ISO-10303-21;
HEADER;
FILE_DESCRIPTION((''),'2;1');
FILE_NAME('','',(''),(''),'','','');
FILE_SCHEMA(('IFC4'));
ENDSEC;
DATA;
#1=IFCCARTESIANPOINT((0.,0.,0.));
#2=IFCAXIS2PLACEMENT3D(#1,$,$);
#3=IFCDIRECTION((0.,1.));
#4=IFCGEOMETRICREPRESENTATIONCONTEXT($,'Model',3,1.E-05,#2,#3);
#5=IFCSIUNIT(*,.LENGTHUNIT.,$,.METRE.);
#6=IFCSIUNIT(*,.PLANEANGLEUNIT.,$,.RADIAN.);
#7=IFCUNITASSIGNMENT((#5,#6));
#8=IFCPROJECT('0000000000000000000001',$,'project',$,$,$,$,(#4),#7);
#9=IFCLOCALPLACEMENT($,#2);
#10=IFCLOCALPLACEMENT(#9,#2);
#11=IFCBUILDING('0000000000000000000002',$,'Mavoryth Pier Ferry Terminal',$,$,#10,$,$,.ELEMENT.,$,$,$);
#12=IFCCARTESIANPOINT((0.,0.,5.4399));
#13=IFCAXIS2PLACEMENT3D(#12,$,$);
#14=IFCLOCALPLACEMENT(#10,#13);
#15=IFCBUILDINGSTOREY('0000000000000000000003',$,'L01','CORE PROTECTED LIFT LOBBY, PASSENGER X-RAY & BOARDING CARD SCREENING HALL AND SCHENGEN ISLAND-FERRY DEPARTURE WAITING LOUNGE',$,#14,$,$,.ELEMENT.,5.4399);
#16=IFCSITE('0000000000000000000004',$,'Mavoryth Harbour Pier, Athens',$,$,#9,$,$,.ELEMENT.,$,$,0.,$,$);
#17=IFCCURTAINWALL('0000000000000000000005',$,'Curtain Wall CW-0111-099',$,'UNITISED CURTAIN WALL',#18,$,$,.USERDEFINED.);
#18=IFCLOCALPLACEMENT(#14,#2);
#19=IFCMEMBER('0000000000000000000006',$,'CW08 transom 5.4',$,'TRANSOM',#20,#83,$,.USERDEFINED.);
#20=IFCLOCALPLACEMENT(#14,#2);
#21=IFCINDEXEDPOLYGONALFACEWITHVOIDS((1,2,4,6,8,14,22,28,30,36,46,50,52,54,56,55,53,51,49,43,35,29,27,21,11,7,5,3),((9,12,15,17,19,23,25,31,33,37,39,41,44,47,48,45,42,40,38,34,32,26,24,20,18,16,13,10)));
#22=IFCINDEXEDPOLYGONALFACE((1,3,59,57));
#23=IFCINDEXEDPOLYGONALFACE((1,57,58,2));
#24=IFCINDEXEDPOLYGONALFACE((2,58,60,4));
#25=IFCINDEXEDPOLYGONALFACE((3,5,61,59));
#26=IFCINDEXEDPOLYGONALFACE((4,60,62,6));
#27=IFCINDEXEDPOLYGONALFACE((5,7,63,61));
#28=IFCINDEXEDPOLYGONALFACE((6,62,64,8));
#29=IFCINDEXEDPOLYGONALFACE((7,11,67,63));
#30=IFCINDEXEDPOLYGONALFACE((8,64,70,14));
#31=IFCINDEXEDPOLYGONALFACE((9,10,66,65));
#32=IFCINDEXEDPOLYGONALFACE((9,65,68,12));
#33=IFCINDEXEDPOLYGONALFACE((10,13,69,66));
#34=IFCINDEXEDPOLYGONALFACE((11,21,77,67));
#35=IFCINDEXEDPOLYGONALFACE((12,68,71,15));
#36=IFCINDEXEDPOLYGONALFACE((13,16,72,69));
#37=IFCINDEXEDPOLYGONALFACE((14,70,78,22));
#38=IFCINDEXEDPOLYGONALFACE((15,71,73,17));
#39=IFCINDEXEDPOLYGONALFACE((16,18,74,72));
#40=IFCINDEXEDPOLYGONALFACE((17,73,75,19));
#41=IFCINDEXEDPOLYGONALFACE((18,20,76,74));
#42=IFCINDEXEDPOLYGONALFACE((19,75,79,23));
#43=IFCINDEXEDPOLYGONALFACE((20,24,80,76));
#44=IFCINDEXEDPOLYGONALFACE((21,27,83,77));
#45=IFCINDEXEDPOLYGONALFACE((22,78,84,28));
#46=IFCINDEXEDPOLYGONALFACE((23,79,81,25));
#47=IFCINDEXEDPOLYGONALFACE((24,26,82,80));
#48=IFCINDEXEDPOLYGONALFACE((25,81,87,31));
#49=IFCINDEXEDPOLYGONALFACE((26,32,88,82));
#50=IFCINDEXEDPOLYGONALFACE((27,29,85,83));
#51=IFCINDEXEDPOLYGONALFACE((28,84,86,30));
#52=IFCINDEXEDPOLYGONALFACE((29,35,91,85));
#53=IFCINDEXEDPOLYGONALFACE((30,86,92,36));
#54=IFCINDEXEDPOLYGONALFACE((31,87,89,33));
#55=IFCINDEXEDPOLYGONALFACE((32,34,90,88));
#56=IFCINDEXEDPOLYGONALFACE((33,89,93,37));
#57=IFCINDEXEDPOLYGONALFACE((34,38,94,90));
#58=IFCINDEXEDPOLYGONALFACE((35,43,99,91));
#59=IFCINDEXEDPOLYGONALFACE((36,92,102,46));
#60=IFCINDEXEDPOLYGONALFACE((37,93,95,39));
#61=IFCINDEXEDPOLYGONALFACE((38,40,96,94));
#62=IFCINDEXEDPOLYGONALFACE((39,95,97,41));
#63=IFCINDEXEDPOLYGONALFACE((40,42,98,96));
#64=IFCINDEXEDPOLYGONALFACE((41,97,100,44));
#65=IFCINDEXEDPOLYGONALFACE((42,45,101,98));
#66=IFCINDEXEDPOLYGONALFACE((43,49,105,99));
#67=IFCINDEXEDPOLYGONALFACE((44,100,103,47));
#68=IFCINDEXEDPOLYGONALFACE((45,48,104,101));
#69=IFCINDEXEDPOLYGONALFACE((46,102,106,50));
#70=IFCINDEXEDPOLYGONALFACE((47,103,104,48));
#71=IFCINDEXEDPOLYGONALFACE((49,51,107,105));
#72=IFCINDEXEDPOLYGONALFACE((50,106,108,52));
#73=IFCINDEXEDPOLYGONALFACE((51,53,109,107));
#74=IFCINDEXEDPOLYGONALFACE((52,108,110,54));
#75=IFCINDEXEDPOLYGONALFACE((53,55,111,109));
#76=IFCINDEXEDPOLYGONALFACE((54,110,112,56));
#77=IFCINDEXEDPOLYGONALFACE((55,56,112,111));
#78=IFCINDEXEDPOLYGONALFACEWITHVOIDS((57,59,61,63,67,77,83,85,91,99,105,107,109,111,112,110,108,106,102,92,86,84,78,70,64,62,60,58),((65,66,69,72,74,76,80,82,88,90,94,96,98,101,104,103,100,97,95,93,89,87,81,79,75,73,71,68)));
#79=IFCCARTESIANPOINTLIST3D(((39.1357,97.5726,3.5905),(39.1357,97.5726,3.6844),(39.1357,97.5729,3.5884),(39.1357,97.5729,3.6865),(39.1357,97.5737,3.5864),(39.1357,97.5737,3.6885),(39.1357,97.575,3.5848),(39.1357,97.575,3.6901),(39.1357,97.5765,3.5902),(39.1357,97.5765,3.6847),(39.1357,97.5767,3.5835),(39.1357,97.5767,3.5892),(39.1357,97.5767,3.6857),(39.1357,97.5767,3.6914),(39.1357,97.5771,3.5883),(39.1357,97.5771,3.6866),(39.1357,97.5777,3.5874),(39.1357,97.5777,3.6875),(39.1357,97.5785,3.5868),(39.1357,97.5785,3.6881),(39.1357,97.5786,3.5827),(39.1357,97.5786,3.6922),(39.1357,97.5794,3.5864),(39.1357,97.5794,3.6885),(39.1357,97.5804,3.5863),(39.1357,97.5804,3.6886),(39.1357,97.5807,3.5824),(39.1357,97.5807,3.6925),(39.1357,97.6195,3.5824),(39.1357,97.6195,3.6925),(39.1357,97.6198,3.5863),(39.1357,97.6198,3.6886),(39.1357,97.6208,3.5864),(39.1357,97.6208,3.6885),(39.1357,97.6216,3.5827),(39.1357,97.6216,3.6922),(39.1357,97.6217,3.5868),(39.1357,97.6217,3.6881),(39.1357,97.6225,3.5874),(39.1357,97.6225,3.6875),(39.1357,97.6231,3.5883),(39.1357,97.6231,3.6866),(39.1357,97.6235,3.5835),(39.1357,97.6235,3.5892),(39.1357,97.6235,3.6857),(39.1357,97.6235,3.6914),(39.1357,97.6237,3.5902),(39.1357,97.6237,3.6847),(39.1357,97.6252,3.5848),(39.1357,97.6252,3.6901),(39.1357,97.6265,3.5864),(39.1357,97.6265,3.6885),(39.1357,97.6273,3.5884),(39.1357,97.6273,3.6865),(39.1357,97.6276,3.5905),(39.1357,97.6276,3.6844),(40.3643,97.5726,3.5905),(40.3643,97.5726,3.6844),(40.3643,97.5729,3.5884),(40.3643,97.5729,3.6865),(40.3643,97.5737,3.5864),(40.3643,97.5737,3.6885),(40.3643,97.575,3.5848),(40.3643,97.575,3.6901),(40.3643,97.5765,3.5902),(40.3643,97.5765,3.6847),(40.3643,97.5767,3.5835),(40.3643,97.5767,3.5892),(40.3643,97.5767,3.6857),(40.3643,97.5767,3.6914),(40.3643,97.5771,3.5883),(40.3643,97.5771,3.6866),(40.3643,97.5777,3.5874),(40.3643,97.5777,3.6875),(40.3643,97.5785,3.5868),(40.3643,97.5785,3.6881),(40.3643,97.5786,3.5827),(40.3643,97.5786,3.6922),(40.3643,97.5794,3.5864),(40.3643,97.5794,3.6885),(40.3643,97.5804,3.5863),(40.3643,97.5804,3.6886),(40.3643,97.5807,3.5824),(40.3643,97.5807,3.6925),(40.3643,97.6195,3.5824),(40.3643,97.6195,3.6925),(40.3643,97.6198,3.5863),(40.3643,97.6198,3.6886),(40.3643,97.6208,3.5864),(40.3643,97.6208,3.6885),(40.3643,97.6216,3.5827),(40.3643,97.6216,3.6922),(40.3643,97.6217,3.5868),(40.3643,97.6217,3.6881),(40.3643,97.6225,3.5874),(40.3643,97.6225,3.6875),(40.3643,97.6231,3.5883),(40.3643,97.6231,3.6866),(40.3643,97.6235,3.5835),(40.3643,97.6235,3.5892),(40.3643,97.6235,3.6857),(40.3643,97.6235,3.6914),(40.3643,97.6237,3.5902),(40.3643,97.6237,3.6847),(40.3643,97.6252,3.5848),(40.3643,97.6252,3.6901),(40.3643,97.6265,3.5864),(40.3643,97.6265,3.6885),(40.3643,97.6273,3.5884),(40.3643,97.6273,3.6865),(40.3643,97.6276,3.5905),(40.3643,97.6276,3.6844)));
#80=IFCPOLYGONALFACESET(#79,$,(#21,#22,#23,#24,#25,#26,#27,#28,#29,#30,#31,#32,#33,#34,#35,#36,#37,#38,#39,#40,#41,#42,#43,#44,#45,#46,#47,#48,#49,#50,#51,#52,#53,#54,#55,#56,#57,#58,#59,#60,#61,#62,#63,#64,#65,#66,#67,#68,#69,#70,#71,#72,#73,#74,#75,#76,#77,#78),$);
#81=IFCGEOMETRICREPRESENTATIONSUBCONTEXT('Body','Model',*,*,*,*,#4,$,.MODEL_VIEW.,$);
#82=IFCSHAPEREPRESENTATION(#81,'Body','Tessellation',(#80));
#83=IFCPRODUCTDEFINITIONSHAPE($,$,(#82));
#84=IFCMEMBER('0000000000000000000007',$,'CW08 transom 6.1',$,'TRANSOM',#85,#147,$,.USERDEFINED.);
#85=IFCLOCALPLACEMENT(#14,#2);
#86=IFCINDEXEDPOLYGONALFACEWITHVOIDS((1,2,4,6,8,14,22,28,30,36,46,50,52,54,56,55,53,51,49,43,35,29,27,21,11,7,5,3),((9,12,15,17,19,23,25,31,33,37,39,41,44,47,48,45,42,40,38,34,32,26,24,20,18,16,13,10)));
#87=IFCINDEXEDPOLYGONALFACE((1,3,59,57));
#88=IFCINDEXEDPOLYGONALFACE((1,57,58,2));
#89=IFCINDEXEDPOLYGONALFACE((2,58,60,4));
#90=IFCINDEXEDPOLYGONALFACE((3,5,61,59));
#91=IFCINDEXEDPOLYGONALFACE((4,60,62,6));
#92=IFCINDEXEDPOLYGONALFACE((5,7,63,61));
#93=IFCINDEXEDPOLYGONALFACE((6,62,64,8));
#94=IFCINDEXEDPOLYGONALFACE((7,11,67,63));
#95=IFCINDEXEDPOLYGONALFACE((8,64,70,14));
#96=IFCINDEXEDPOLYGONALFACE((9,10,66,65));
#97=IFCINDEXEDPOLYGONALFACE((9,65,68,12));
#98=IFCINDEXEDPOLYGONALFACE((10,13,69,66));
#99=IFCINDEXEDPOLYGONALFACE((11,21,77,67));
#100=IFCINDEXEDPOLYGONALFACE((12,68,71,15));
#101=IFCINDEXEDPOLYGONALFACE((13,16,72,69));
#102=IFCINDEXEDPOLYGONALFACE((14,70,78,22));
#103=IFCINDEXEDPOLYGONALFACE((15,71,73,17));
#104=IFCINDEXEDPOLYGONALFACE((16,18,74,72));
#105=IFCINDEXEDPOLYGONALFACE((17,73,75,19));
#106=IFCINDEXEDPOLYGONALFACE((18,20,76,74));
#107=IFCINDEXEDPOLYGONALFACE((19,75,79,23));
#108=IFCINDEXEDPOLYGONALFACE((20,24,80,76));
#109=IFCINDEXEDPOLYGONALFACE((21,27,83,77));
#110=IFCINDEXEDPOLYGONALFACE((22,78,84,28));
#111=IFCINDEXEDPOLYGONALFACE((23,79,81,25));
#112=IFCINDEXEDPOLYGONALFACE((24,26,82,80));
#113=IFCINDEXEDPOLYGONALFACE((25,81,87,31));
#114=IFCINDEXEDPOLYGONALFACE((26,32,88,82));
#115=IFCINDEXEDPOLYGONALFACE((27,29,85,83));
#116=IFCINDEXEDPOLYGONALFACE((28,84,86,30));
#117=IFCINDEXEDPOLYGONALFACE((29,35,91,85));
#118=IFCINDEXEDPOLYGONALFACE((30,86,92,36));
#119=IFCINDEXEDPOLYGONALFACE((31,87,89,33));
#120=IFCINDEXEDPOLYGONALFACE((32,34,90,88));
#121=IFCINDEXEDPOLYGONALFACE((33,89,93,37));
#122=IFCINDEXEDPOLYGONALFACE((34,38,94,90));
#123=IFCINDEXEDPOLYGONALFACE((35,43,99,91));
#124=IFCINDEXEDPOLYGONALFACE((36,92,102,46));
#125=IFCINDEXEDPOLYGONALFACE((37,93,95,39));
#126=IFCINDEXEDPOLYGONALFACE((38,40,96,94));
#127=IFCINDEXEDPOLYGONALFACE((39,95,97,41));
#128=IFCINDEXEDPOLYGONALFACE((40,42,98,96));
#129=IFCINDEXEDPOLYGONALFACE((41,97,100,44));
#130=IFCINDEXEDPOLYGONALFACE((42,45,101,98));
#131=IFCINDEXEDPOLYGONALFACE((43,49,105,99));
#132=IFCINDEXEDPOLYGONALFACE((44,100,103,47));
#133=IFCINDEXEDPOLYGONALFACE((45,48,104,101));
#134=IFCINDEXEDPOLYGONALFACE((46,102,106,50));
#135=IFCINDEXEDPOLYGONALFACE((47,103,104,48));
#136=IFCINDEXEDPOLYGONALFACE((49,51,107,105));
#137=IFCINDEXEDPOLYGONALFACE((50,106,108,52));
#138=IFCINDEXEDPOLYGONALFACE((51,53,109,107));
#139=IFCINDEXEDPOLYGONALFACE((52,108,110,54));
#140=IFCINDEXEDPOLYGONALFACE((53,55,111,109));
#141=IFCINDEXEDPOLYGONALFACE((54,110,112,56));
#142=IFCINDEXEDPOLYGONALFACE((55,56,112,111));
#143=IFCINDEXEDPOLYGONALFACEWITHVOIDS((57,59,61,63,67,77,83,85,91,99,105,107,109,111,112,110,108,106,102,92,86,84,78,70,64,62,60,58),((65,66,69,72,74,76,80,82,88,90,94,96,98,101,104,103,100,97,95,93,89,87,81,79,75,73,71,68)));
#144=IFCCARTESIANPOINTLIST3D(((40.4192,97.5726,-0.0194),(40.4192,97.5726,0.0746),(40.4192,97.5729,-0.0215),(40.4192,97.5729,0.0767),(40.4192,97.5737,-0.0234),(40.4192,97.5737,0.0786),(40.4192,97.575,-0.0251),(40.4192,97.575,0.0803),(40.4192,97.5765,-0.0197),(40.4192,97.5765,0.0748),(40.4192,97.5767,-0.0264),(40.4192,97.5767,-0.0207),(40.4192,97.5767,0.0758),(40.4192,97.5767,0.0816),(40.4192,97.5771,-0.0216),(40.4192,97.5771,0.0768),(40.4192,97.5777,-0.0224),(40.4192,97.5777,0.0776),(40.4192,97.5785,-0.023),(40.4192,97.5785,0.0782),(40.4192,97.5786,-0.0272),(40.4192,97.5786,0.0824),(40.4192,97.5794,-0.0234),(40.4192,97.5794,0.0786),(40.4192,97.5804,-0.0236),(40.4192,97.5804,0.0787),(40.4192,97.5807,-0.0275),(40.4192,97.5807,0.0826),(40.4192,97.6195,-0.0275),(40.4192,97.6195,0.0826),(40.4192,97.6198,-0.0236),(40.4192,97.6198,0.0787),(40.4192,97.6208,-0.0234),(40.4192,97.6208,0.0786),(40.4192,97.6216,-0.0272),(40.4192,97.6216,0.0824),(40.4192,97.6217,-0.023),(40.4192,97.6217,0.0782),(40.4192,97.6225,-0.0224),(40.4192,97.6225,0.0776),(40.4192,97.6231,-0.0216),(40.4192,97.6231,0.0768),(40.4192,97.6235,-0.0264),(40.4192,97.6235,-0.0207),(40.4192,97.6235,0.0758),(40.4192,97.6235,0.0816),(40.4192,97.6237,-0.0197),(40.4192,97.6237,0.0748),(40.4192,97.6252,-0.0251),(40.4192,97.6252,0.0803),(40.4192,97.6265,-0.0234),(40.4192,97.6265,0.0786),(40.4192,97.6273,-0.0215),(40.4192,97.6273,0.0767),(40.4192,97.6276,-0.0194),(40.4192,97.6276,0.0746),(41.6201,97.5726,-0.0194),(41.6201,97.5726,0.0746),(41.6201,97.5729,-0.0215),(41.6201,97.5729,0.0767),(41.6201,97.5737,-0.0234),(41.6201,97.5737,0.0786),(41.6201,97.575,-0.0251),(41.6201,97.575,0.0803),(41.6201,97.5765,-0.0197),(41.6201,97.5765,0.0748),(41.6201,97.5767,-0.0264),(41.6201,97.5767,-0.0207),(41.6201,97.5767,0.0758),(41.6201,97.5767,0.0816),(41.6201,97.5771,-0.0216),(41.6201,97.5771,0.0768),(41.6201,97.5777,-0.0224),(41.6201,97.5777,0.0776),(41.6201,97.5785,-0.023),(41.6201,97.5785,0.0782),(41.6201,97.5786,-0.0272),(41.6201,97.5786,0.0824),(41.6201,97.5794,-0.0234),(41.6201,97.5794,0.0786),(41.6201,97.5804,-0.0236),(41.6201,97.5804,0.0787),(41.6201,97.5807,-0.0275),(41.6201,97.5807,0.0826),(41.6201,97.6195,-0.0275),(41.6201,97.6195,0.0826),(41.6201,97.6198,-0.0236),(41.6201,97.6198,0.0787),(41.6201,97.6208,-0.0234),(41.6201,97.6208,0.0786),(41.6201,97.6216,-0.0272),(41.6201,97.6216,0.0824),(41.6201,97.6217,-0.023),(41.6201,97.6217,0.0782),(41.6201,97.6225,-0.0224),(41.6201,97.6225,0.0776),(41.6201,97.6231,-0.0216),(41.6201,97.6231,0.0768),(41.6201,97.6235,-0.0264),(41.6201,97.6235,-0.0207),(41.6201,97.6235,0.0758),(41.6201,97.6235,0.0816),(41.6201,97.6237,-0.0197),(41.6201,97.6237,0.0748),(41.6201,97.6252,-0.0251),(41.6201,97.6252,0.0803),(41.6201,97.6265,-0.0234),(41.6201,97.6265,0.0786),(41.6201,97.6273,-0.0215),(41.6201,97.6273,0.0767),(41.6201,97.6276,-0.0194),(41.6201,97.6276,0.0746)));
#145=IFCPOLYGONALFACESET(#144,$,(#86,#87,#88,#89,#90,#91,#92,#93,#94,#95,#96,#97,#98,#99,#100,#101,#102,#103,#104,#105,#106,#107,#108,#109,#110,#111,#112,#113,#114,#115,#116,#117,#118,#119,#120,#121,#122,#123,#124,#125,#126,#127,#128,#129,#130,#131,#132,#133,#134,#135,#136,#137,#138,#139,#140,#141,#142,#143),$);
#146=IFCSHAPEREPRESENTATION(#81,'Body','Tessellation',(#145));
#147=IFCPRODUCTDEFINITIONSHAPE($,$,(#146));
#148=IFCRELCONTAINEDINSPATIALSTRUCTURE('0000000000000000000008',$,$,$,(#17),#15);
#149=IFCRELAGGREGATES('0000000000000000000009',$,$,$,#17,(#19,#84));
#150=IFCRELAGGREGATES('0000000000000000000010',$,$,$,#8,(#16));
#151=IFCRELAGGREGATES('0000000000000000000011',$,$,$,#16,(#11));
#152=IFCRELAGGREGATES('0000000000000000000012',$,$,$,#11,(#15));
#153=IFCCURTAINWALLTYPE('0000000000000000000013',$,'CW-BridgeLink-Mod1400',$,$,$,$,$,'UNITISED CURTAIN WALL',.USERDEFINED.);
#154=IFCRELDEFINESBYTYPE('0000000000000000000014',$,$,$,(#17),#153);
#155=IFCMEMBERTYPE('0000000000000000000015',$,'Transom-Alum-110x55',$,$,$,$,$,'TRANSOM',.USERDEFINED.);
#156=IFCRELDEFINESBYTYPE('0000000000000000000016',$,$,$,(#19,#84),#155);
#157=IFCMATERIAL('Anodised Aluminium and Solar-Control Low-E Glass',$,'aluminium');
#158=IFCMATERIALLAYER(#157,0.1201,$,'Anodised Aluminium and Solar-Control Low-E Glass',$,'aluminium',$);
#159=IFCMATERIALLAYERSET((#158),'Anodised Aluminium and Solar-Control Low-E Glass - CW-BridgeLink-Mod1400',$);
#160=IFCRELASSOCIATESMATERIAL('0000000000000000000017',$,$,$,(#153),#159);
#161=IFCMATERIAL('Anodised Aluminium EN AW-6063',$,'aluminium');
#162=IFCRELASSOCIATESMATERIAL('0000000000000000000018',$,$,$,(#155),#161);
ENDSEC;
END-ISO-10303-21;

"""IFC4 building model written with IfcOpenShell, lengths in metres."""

from ifc_helpers import new_model, si_unit, direction, frame, origin, origin_2d, place, context, subcontext, project, spatial, hollow_rectangle, extrude, material, layer, layer_set, material_profile, profile_set, type_object, element, aggregate, save


model = new_model("IFC4")

# Units and contexts
model_context = context("Model", 3, precision=1e-05, world=origin(), true_north=direction((0.0, 1.0)))
body_context = subcontext(model_context, "Body", "Model", "MODEL_VIEW")
ifc_project = project(units=[si_unit("LENGTHUNIT", "METRE"), si_unit("PLANEANGLEUNIT", "RADIAN")], contexts=[model_context])

# Site, building, storey
site_placement = place(None, origin())
site = spatial("IfcSite", under=ifc_project, at=site_placement, Name="Mavoryth Harbour Pier, Athens", CompositionType="ELEMENT", RefElevation=0.0)
building_placement = place(site_placement, origin())
building = spatial("IfcBuilding", under=site, at=building_placement, Name="Mavoryth Pier Ferry Terminal", CompositionType="ELEMENT")
storey_placement = place(building_placement, frame((0.0, 0.0, 5.4399)))
storey = spatial("IfcBuildingStorey", under=building, at=storey_placement, Name="L01", Description="CORE PROTECTED LIFT LOBBY, PASSENGER X-RAY & BOARDING CARD SCREENING HALL AND SCHENGEN ISLAND-FERRY DEPARTURE WAITING LOUNGE", CompositionType="ELEMENT", Elevation=5.4399)

# Curtain wall
ifc_material_1 = material(Name="Anodised Aluminium and Solar-Control Low-E Glass", Category="aluminium")
ifc_layer_1 = layer(ifc_material_1, 0.1201, Name="Anodised Aluminium and Solar-Control Low-E Glass", Category="aluminium")
ifc_layer_set_1 = layer_set([ifc_layer_1], Name="Anodised Aluminium and Solar-Control Low-E Glass - CW-BridgeLink-Mod1400")
curtain_wall_type = type_object("IfcCurtainWallType", Name="CW-BridgeLink-Mod1400", ElementType="UNITISED CURTAIN WALL", PredefinedType="USERDEFINED", material=ifc_layer_set_1)
curtain_wall_1_placement = place(storey_placement, origin())
curtain_wall_1 = element("IfcCurtainWall", 1, at=curtain_wall_1_placement, inside=storey, type_object=curtain_wall_type, Name="Curtain Wall CW-0111-099", ObjectType="UNITISED CURTAIN WALL", PredefinedType="USERDEFINED")
ifc_material_2 = material(Name="Anodised Aluminium EN AW-6063", Category="aluminium")

# Members
ifc_material_profile_1 = material_profile(ifc_material_2, hollow_rectangle(XDim=0.0549, YDim=0.1101, WallThickness=0.0039, InnerFilletRadius=0.0039, OuterFilletRadius=0.0081, at=origin_2d()), Name="AL-TRAN 110x55x4", Category="aluminium")
ifc_profile_set_1 = profile_set([ifc_material_profile_1], Name="Anodised Aluminium EN AW-6063 - AL-TRAN 110x55x4")
member_type_1 = type_object("IfcMemberType", Name="Transom-Alum-110x55", ElementType="TRANSOM", PredefinedType="USERDEFINED", material=ifc_profile_set_1)
member_1_placement = place(storey_placement, frame((39.1357, 97.6001, 3.6375), z_axis=(1.0, 0.0, 0.0), x_axis=(0.0, 1.0, 0.0)))
member_1 = element("IfcMember", 2, at=member_1_placement, type_object=member_type_1, Name="CW08 transom 5.4", ObjectType="TRANSOM", PredefinedType="USERDEFINED", context=body_context, shape_type="SweptSolid", body=[
    extrude(hollow_rectangle(XDim=0.0549, YDim=0.1101, WallThickness=0.0039, InnerFilletRadius=0.0039, OuterFilletRadius=0.0081, at=origin_2d()), origin(), (0.0, 0.0, 1.0), 1.2285),
])
member_2_placement = place(storey_placement, frame((40.4192, 97.6001, 0.0276), z_axis=(1.0, 0.0, 0.0), x_axis=(0.0, 1.0, 0.0)))
member_2 = element("IfcMember", 3, at=member_2_placement, type_object=member_type_1, Name="CW08 transom 6.1", ObjectType="TRANSOM", PredefinedType="USERDEFINED", context=body_context, shape_type="SweptSolid", body=[
    extrude(hollow_rectangle(XDim=0.0549, YDim=0.1101, WallThickness=0.0039, InnerFilletRadius=0.0039, OuterFilletRadius=0.0081, at=origin_2d()), origin(), (0.0, 0.0, 1.0), 1.2009),
])

aggregate(curtain_wall_1, [member_1, member_2])

save(model, "model.ifc")
